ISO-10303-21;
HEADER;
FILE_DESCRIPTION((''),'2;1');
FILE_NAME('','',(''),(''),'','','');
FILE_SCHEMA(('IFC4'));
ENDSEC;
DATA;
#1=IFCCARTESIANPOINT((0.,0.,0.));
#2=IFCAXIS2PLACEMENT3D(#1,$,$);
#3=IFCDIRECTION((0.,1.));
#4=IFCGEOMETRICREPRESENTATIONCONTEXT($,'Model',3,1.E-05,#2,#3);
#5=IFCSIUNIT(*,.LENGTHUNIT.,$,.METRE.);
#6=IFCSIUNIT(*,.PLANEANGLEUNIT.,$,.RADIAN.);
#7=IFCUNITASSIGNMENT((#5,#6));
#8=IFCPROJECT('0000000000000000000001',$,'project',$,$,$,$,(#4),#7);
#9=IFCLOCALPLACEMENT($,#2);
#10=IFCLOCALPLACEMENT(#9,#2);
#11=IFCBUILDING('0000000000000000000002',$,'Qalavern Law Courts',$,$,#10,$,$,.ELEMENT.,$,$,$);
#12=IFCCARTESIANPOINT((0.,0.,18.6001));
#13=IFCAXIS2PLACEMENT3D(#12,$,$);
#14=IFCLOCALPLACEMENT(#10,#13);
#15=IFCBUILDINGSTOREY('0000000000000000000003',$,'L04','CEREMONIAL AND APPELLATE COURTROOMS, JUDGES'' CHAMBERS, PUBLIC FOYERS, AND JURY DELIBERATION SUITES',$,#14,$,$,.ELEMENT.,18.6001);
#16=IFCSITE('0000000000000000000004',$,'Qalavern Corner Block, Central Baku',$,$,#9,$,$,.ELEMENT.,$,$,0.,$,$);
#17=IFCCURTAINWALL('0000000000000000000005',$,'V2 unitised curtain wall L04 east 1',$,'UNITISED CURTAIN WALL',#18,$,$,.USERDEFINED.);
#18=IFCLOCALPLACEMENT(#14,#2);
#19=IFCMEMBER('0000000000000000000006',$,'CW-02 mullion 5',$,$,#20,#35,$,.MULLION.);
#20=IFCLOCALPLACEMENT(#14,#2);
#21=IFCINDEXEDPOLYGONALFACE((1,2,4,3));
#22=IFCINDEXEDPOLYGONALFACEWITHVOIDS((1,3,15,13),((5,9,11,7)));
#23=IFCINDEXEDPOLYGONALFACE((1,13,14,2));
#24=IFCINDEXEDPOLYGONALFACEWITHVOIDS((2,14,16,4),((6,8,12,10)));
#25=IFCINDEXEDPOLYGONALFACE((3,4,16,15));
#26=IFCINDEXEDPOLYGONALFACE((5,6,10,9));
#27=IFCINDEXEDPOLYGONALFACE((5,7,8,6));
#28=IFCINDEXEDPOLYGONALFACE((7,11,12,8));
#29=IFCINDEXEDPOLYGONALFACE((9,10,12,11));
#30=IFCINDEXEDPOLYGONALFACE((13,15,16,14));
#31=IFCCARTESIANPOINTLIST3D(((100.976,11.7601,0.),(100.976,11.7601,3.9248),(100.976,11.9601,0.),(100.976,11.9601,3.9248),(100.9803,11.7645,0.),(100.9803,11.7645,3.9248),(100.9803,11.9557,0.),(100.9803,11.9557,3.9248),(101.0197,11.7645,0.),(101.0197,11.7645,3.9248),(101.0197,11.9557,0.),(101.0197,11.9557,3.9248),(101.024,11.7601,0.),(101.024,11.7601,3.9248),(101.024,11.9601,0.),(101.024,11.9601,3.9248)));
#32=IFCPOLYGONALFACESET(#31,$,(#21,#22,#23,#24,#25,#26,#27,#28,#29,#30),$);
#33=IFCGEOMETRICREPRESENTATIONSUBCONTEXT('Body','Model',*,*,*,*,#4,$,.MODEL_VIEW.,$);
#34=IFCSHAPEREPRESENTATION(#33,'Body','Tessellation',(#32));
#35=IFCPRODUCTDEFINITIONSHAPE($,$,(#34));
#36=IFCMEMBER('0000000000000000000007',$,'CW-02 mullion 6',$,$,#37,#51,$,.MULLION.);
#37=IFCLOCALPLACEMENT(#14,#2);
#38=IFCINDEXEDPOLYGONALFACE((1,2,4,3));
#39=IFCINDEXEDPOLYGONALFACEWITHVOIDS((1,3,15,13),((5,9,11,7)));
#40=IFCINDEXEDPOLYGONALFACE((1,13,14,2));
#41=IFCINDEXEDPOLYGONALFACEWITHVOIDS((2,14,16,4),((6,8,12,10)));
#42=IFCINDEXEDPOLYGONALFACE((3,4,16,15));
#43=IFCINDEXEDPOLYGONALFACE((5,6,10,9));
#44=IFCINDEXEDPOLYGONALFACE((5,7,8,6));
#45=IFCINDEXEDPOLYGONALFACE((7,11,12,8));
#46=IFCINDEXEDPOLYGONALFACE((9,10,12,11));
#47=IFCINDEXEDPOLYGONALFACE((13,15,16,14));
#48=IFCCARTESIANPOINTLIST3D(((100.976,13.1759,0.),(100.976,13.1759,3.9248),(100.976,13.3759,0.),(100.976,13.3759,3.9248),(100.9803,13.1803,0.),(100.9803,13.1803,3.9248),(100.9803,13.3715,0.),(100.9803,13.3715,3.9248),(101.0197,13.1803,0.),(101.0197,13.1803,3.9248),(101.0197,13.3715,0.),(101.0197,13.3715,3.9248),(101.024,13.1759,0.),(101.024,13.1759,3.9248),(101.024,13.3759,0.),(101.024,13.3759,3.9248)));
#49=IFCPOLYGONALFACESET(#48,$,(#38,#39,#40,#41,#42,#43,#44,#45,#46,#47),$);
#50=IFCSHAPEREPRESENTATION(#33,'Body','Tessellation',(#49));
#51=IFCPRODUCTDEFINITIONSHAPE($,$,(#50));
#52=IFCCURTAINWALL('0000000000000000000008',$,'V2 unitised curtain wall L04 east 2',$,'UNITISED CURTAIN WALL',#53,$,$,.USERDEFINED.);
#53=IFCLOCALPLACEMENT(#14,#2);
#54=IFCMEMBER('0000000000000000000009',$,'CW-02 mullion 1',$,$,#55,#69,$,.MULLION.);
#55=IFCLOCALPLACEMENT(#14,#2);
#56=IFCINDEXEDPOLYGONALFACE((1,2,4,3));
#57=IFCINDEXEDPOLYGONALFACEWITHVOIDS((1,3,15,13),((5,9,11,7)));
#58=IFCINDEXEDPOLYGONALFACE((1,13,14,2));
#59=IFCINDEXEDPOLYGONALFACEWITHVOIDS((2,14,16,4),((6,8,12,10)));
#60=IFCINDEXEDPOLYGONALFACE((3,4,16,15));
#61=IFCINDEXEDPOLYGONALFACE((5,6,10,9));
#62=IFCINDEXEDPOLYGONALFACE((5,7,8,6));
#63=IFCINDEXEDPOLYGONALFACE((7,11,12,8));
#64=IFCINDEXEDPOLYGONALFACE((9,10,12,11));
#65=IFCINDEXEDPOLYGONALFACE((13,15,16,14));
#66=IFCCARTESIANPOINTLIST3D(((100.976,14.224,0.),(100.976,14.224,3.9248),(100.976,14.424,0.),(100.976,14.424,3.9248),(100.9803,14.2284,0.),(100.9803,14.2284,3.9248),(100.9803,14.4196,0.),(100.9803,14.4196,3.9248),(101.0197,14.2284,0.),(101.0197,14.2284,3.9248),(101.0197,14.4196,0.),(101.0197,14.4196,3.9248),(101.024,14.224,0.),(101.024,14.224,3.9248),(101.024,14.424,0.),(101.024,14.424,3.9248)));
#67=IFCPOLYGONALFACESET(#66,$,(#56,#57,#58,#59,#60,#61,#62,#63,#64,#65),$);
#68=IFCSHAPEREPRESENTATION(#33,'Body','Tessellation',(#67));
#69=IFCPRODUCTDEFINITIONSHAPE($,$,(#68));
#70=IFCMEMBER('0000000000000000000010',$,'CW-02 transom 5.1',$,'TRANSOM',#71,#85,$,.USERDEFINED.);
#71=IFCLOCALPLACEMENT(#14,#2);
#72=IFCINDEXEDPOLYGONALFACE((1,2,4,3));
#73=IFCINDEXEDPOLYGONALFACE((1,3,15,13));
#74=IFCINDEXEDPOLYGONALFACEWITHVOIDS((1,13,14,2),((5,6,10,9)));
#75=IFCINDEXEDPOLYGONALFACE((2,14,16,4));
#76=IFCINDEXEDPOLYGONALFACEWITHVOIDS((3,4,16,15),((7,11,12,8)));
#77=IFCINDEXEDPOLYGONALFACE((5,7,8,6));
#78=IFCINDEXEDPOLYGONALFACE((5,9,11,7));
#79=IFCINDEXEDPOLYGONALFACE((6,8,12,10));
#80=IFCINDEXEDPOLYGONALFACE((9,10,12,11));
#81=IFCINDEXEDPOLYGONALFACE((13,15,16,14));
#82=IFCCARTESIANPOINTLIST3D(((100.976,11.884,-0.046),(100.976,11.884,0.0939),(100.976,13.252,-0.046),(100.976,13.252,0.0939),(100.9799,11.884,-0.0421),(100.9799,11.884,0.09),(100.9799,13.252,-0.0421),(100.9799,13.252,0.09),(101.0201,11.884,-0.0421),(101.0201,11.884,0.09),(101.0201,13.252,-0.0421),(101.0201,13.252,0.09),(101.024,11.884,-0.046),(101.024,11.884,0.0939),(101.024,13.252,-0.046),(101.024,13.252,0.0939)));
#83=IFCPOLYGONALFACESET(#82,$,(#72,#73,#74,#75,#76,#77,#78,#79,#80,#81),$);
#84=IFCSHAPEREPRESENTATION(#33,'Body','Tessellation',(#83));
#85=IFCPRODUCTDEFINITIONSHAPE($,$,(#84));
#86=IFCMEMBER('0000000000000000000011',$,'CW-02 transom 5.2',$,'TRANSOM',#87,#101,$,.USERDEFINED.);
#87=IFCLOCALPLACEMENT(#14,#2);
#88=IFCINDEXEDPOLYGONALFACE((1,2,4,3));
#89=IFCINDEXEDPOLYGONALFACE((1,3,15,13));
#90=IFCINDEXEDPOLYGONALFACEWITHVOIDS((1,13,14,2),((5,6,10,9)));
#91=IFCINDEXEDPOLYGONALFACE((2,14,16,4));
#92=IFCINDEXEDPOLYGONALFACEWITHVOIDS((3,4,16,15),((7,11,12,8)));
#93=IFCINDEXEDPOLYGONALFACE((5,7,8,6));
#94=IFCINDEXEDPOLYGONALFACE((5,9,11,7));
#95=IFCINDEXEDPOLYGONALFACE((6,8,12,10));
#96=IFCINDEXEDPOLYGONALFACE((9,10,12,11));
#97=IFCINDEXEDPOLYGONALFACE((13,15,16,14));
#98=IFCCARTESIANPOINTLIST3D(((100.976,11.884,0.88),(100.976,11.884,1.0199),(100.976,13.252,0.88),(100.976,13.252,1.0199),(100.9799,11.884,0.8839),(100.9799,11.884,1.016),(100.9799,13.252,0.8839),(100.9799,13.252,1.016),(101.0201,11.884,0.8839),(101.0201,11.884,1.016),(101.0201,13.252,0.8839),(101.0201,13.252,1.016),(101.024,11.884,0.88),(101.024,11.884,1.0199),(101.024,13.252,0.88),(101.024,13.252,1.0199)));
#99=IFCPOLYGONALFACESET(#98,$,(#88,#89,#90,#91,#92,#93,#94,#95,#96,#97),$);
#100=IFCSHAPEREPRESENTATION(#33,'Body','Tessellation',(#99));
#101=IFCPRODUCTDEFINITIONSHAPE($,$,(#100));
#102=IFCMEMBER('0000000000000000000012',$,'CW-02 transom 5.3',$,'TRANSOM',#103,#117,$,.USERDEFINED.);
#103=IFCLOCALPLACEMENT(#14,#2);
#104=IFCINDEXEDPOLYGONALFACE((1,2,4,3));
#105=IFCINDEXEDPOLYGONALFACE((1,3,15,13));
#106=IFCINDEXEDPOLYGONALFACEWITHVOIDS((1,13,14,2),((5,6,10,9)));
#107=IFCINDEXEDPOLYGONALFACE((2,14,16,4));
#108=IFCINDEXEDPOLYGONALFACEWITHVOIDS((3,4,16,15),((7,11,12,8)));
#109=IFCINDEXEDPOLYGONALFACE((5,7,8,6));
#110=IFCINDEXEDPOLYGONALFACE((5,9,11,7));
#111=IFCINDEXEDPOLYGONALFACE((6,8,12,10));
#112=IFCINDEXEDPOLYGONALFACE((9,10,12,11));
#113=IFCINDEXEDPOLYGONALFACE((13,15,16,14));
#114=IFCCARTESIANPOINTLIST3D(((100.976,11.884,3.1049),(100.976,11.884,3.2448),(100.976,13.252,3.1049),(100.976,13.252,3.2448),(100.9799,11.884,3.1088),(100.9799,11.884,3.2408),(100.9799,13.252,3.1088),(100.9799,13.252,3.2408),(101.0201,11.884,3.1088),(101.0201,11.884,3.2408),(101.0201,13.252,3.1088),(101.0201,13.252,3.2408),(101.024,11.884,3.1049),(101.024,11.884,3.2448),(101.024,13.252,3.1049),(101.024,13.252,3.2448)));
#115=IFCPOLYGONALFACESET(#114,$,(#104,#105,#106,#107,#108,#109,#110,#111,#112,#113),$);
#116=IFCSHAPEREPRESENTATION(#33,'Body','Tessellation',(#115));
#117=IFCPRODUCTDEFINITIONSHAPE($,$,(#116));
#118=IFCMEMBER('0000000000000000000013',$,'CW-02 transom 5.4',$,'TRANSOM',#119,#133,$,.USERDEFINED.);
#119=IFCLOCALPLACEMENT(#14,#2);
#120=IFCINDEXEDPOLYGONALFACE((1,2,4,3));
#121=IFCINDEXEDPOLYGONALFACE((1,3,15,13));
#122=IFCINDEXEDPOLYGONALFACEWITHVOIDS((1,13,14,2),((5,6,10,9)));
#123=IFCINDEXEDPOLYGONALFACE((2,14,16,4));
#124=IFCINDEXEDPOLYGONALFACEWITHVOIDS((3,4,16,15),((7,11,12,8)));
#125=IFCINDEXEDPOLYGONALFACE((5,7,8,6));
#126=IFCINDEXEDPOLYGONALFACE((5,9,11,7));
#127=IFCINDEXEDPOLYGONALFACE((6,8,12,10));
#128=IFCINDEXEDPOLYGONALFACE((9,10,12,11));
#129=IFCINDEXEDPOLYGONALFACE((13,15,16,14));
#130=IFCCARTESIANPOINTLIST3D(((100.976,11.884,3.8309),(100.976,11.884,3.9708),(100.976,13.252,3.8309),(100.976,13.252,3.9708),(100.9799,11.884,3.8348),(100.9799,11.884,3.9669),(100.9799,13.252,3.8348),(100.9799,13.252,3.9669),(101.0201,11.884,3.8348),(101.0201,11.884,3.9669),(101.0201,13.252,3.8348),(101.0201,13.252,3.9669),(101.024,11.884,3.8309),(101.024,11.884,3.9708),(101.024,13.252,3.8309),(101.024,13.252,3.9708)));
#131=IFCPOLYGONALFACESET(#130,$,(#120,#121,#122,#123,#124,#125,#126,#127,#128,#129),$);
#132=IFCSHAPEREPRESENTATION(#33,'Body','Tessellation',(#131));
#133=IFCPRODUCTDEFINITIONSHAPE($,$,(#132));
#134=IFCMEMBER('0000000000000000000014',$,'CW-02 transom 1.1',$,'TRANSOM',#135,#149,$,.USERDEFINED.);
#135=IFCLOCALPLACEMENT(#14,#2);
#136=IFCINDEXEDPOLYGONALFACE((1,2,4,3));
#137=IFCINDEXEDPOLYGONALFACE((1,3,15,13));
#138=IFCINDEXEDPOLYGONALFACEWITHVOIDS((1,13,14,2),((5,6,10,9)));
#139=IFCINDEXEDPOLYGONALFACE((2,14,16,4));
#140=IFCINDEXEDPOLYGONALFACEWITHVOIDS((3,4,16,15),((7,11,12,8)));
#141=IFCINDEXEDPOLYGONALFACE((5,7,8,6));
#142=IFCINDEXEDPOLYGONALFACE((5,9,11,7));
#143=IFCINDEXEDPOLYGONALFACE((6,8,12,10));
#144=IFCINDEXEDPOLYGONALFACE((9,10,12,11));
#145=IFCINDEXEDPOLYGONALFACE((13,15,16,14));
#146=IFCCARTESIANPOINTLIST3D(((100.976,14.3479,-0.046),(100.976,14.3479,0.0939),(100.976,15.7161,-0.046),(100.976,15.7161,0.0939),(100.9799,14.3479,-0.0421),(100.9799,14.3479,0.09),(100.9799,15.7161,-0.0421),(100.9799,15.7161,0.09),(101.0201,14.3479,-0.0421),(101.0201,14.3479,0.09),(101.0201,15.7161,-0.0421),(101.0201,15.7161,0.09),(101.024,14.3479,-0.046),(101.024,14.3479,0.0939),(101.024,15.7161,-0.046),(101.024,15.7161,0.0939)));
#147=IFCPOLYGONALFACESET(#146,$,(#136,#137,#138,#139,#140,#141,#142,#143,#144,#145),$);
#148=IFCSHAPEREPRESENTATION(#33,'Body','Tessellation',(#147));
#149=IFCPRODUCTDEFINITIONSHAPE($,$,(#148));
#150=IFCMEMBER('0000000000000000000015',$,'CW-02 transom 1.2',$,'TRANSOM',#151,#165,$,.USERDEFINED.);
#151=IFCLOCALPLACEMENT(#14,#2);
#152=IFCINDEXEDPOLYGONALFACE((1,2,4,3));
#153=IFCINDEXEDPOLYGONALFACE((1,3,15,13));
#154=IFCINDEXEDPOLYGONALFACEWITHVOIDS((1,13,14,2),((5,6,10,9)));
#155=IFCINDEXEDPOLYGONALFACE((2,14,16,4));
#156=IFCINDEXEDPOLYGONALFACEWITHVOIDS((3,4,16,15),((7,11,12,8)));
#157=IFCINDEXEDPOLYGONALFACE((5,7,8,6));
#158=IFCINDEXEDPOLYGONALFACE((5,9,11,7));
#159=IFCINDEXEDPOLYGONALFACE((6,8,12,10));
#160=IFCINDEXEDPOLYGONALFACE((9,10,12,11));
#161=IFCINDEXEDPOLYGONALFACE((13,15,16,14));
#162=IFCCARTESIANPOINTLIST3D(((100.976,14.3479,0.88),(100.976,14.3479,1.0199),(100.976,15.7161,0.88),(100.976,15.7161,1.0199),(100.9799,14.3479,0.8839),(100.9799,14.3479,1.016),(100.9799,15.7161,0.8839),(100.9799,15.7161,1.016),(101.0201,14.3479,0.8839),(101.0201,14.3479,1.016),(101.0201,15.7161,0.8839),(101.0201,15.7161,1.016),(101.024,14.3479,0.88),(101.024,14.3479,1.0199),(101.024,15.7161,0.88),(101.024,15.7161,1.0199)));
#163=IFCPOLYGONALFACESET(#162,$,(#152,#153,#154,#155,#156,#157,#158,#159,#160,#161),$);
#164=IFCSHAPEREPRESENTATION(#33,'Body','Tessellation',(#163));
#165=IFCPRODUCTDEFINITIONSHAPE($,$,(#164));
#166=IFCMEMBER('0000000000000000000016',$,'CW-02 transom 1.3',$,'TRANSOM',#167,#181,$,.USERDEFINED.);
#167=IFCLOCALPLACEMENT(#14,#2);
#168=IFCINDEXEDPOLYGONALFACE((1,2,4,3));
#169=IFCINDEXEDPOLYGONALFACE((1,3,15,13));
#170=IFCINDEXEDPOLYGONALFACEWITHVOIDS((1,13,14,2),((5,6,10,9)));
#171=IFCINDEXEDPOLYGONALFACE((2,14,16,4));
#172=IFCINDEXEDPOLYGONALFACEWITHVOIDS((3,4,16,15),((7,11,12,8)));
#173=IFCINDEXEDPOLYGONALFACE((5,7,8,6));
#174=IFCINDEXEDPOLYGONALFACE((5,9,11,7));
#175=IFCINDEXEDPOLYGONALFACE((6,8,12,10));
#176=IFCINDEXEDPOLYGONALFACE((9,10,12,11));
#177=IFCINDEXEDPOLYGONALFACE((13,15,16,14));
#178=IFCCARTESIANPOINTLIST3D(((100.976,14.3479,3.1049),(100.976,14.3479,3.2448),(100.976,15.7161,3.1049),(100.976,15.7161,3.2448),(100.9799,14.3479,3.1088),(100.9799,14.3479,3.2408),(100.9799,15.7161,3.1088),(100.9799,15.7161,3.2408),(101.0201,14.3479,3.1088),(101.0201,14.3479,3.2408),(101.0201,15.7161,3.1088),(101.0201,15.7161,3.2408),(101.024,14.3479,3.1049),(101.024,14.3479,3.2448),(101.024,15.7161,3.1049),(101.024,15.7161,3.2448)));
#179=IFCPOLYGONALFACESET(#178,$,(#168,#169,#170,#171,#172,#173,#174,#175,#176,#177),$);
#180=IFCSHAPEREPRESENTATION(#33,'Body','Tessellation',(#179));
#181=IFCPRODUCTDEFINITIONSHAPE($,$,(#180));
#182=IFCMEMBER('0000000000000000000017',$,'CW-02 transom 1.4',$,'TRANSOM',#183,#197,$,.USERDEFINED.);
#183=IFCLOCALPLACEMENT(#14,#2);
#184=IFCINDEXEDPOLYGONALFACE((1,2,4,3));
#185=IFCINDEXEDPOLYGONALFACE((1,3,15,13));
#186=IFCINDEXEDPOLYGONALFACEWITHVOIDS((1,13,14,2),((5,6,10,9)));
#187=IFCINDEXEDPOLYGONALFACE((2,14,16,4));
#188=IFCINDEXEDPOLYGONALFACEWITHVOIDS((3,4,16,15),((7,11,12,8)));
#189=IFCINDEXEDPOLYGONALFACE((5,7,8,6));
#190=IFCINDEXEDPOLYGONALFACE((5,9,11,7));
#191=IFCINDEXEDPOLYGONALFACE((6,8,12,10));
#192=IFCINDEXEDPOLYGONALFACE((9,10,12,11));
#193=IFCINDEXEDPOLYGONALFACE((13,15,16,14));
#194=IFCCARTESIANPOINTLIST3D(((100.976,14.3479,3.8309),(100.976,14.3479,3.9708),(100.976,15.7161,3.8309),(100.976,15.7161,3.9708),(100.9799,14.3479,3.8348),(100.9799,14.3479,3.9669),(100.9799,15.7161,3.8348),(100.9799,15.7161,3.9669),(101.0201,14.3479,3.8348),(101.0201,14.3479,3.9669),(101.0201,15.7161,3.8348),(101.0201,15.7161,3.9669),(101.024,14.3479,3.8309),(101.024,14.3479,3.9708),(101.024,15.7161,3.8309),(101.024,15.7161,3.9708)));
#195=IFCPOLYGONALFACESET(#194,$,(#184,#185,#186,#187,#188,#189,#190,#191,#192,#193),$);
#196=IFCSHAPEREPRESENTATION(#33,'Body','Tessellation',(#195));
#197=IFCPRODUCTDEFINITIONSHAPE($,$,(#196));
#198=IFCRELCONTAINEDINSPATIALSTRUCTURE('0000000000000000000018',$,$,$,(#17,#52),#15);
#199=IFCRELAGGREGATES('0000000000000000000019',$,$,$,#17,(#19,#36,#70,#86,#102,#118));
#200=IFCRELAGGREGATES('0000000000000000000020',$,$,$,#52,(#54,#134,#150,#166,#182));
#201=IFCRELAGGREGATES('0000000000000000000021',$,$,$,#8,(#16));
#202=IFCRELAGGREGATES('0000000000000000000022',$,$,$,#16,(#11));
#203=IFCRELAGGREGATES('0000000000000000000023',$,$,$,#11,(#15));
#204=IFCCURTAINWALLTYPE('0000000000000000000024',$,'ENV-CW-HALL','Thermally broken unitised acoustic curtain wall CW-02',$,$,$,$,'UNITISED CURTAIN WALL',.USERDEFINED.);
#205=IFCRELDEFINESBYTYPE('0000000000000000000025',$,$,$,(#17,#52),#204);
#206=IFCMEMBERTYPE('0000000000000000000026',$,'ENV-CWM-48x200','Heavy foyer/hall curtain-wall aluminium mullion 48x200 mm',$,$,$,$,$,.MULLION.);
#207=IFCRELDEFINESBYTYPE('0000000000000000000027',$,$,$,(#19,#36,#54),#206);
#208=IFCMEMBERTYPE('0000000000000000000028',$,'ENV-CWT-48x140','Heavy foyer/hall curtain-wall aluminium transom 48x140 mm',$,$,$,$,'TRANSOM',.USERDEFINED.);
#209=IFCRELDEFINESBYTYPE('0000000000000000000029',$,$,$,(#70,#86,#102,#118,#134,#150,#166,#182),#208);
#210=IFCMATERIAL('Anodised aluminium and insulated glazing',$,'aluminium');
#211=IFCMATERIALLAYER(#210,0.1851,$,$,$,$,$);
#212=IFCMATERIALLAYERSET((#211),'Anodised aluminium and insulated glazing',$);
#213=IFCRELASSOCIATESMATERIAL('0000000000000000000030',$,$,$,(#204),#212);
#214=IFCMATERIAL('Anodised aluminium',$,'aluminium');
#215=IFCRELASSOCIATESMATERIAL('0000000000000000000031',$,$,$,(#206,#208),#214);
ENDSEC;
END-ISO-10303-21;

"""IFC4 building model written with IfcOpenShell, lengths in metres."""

from ifc_helpers import new_model, si_unit, direction, frame, origin, origin_2d, place, context, subcontext, project, spatial, hollow_rectangle, extrude, material, layer, layer_set, material_profile, profile_set, type_object, element, aggregate, save


model = new_model("IFC4")

# Units and contexts
model_context = context("Model", 3, precision=1e-05, world=origin(), true_north=direction((0.0, 1.0)))
body_context = subcontext(model_context, "Body", "Model", "MODEL_VIEW")
ifc_project = project(units=[si_unit("LENGTHUNIT", "METRE"), si_unit("PLANEANGLEUNIT", "RADIAN")], contexts=[model_context])

# Site, building, storey
site_placement = place(None, origin())
site = spatial("IfcSite", under=ifc_project, at=site_placement, Name="Qalavern Corner Block, Central Baku", CompositionType="ELEMENT", RefElevation=0.0)
building_placement = place(site_placement, origin())
building = spatial("IfcBuilding", under=site, at=building_placement, Name="Qalavern Law Courts", CompositionType="ELEMENT")
storey_placement = place(building_placement, frame((0.0, 0.0, 18.6001)))
storey = spatial("IfcBuildingStorey", under=building, at=storey_placement, Name="L04", Description="CEREMONIAL AND APPELLATE COURTROOMS, JUDGES' CHAMBERS, PUBLIC FOYERS, AND JURY DELIBERATION SUITES", CompositionType="ELEMENT", Elevation=18.6001)

# Curtain wall, members
ifc_material_1 = material(Name="Anodised aluminium and insulated glazing", Category="aluminium")
ifc_layer_1 = layer(ifc_material_1, 0.1851)
ifc_layer_set_1 = layer_set([ifc_layer_1], Name="Anodised aluminium and insulated glazing")
curtain_wall_type = type_object("IfcCurtainWallType", Name="ENV-CW-HALL", Description="Thermally broken unitised acoustic curtain wall CW-02", ElementType="UNITISED CURTAIN WALL", PredefinedType="USERDEFINED", material=ifc_layer_set_1)
curtain_wall_1_placement = place(storey_placement, origin())
curtain_wall_1 = element("IfcCurtainWall", 1, at=curtain_wall_1_placement, inside=storey, type_object=curtain_wall_type, Name="V2 unitised curtain wall L04 east 1", ObjectType="UNITISED CURTAIN WALL", PredefinedType="USERDEFINED")
ifc_material_2 = material(Name="Anodised aluminium", Category="aluminium")
ifc_material_profile_1 = material_profile(ifc_material_2, hollow_rectangle(XDim=0.0481, YDim=0.2, WallThickness=0.0044, at=origin_2d()), Name="ALU MULLION 48x200")
ifc_profile_set_1 = profile_set([ifc_material_profile_1], Name="Anodised aluminium")
member_type_1 = type_object("IfcMemberType", Name="ENV-CWM-48x200", Description="Heavy foyer/hall curtain-wall aluminium mullion 48x200 mm", PredefinedType="MULLION", material=ifc_profile_set_1)
member_1_placement = place(storey_placement, frame((101.0, 11.8601, 0.0), z_axis=(0.0, 0.0, 1.0), x_axis=(-1.0, 0.0, 0.0)))
member_1 = element("IfcMember", 2, at=member_1_placement, type_object=member_type_1, Name="CW-02 mullion 5", PredefinedType="MULLION", context=body_context, shape_type="SweptSolid", body=[
    extrude(hollow_rectangle(XDim=0.0481, YDim=0.2, WallThickness=0.0044, at=origin_2d()), origin(), (0.0, 0.0, 1.0), 3.9248),
])
member_2_placement = place(storey_placement, frame((101.0, 13.2759, 0.0), z_axis=(0.0, 0.0, 1.0), x_axis=(-1.0, 0.0, 0.0)))
member_2 = element("IfcMember", 3, at=member_2_placement, type_object=member_type_1, Name="CW-02 mullion 6", PredefinedType="MULLION", context=body_context, shape_type="SweptSolid", body=[
    extrude(hollow_rectangle(XDim=0.0481, YDim=0.2, WallThickness=0.0044, at=origin_2d()), origin(), (0.0, 0.0, 1.0), 3.9248),
])

# Curtain wall, member
curtain_wall_2_placement = place(storey_placement, origin())
curtain_wall_2 = element("IfcCurtainWall", 4, at=curtain_wall_2_placement, inside=storey, type_object=curtain_wall_type, Name="V2 unitised curtain wall L04 east 2", ObjectType="UNITISED CURTAIN WALL", PredefinedType="USERDEFINED")
member_3_placement = place(storey_placement, frame((101.0, 14.324, 0.0), z_axis=(0.0, 0.0, 1.0), x_axis=(-1.0, 0.0, 0.0)))
member_3 = element("IfcMember", 5, at=member_3_placement, type_object=member_type_1, Name="CW-02 mullion 1", PredefinedType="MULLION", context=body_context, shape_type="SweptSolid", body=[
    extrude(hollow_rectangle(XDim=0.0481, YDim=0.2, WallThickness=0.0044, at=origin_2d()), origin(), (0.0, 0.0, 1.0), 3.9248),
])

# Members
ifc_material_profile_2 = material_profile(ifc_material_2, hollow_rectangle(XDim=0.0481, YDim=0.1399, WallThickness=0.0039, at=origin_2d()), Name="ALU TRANSOM 48x140")
ifc_profile_set_2 = profile_set([ifc_material_profile_2], Name="Anodised aluminium")
member_type_2 = type_object("IfcMemberType", Name="ENV-CWT-48x140", Description="Heavy foyer/hall curtain-wall aluminium transom 48x140 mm", ElementType="TRANSOM", PredefinedType="USERDEFINED", material=ifc_profile_set_2)
member_4_placement = place(storey_placement, frame((101.0, 11.884, 0.0239), z_axis=(0.0, 1.0, 0.0), x_axis=(-1.0, 0.0, 0.0)))
member_4 = element("IfcMember", 6, at=member_4_placement, type_object=member_type_2, Name="CW-02 transom 5.1", ObjectType="TRANSOM", PredefinedType="USERDEFINED", context=body_context, shape_type="SweptSolid", body=[
    extrude(hollow_rectangle(XDim=0.0481, YDim=0.1399, WallThickness=0.0039, at=origin_2d()), origin(), (0.0, 0.0, 1.0), 1.3679),
])
member_5_placement = place(storey_placement, frame((101.0, 11.884, 0.95), z_axis=(0.0, 1.0, 0.0), x_axis=(-1.0, 0.0, 0.0)))
member_5 = element("IfcMember", 7, at=member_5_placement, type_object=member_type_2, Name="CW-02 transom 5.2", ObjectType="TRANSOM", PredefinedType="USERDEFINED", context=body_context, shape_type="SweptSolid", body=[
    extrude(hollow_rectangle(XDim=0.0481, YDim=0.1399, WallThickness=0.0039, at=origin_2d()), origin(), (0.0, 0.0, 1.0), 1.3679),
])
member_6_placement = place(storey_placement, frame((101.0, 11.884, 3.1748), z_axis=(0.0, 1.0, 0.0), x_axis=(-1.0, 0.0, 0.0)))
member_6 = element("IfcMember", 8, at=member_6_placement, type_object=member_type_2, Name="CW-02 transom 5.3", ObjectType="TRANSOM", PredefinedType="USERDEFINED", context=body_context, shape_type="SweptSolid", body=[
    extrude(hollow_rectangle(XDim=0.0481, YDim=0.1399, WallThickness=0.0039, at=origin_2d()), origin(), (0.0, 0.0, 1.0), 1.3679),
])
member_7_placement = place(storey_placement, frame((101.0, 11.884, 3.9009), z_axis=(0.0, 1.0, 0.0), x_axis=(-1.0, 0.0, 0.0)))
member_7 = element("IfcMember", 9, at=member_7_placement, type_object=member_type_2, Name="CW-02 transom 5.4", ObjectType="TRANSOM", PredefinedType="USERDEFINED", context=body_context, shape_type="SweptSolid", body=[
    extrude(hollow_rectangle(XDim=0.0481, YDim=0.1399, WallThickness=0.0039, at=origin_2d()), origin(), (0.0, 0.0, 1.0), 1.3679),
])
member_8_placement = place(storey_placement, frame((101.0, 14.3479, 0.0239), z_axis=(0.0, 1.0, 0.0), x_axis=(-1.0, 0.0, 0.0)))
member_8 = element("IfcMember", 10, at=member_8_placement, type_object=member_type_2, Name="CW-02 transom 1.1", ObjectType="TRANSOM", PredefinedType="USERDEFINED", context=body_context, shape_type="SweptSolid", body=[
    extrude(hollow_rectangle(XDim=0.0481, YDim=0.1399, WallThickness=0.0039, at=origin_2d()), origin(), (0.0, 0.0, 1.0), 1.3682),
])
member_9_placement = place(storey_placement, frame((101.0, 14.3479, 0.95), z_axis=(0.0, 1.0, 0.0), x_axis=(-1.0, 0.0, 0.0)))
member_9 = element("IfcMember", 11, at=member_9_placement, type_object=member_type_2, Name="CW-02 transom 1.2", ObjectType="TRANSOM", PredefinedType="USERDEFINED", context=body_context, shape_type="SweptSolid", body=[
    extrude(hollow_rectangle(XDim=0.0481, YDim=0.1399, WallThickness=0.0039, at=origin_2d()), origin(), (0.0, 0.0, 1.0), 1.3682),
])
member_10_placement = place(storey_placement, frame((101.0, 14.3479, 3.1748), z_axis=(0.0, 1.0, 0.0), x_axis=(-1.0, 0.0, 0.0)))
member_10 = element("IfcMember", 12, at=member_10_placement, type_object=member_type_2, Name="CW-02 transom 1.3", ObjectType="TRANSOM", PredefinedType="USERDEFINED", context=body_context, shape_type="SweptSolid", body=[
    extrude(hollow_rectangle(XDim=0.0481, YDim=0.1399, WallThickness=0.0039, at=origin_2d()), origin(), (0.0, 0.0, 1.0), 1.3682),
])
member_11_placement = place(storey_placement, frame((101.0, 14.3479, 3.9009), z_axis=(0.0, 1.0, 0.0), x_axis=(-1.0, 0.0, 0.0)))
member_11 = element("IfcMember", 13, at=member_11_placement, type_object=member_type_2, Name="CW-02 transom 1.4", ObjectType="TRANSOM", PredefinedType="USERDEFINED", context=body_context, shape_type="SweptSolid", body=[
    extrude(hollow_rectangle(XDim=0.0481, YDim=0.1399, WallThickness=0.0039, at=origin_2d()), origin(), (0.0, 0.0, 1.0), 1.3682),
])

aggregate(curtain_wall_1, [member_1, member_2, member_4, member_5, member_6, member_7])
aggregate(curtain_wall_2, [member_3, member_8, member_9, member_10, member_11])

save(model, "model.ifc")
